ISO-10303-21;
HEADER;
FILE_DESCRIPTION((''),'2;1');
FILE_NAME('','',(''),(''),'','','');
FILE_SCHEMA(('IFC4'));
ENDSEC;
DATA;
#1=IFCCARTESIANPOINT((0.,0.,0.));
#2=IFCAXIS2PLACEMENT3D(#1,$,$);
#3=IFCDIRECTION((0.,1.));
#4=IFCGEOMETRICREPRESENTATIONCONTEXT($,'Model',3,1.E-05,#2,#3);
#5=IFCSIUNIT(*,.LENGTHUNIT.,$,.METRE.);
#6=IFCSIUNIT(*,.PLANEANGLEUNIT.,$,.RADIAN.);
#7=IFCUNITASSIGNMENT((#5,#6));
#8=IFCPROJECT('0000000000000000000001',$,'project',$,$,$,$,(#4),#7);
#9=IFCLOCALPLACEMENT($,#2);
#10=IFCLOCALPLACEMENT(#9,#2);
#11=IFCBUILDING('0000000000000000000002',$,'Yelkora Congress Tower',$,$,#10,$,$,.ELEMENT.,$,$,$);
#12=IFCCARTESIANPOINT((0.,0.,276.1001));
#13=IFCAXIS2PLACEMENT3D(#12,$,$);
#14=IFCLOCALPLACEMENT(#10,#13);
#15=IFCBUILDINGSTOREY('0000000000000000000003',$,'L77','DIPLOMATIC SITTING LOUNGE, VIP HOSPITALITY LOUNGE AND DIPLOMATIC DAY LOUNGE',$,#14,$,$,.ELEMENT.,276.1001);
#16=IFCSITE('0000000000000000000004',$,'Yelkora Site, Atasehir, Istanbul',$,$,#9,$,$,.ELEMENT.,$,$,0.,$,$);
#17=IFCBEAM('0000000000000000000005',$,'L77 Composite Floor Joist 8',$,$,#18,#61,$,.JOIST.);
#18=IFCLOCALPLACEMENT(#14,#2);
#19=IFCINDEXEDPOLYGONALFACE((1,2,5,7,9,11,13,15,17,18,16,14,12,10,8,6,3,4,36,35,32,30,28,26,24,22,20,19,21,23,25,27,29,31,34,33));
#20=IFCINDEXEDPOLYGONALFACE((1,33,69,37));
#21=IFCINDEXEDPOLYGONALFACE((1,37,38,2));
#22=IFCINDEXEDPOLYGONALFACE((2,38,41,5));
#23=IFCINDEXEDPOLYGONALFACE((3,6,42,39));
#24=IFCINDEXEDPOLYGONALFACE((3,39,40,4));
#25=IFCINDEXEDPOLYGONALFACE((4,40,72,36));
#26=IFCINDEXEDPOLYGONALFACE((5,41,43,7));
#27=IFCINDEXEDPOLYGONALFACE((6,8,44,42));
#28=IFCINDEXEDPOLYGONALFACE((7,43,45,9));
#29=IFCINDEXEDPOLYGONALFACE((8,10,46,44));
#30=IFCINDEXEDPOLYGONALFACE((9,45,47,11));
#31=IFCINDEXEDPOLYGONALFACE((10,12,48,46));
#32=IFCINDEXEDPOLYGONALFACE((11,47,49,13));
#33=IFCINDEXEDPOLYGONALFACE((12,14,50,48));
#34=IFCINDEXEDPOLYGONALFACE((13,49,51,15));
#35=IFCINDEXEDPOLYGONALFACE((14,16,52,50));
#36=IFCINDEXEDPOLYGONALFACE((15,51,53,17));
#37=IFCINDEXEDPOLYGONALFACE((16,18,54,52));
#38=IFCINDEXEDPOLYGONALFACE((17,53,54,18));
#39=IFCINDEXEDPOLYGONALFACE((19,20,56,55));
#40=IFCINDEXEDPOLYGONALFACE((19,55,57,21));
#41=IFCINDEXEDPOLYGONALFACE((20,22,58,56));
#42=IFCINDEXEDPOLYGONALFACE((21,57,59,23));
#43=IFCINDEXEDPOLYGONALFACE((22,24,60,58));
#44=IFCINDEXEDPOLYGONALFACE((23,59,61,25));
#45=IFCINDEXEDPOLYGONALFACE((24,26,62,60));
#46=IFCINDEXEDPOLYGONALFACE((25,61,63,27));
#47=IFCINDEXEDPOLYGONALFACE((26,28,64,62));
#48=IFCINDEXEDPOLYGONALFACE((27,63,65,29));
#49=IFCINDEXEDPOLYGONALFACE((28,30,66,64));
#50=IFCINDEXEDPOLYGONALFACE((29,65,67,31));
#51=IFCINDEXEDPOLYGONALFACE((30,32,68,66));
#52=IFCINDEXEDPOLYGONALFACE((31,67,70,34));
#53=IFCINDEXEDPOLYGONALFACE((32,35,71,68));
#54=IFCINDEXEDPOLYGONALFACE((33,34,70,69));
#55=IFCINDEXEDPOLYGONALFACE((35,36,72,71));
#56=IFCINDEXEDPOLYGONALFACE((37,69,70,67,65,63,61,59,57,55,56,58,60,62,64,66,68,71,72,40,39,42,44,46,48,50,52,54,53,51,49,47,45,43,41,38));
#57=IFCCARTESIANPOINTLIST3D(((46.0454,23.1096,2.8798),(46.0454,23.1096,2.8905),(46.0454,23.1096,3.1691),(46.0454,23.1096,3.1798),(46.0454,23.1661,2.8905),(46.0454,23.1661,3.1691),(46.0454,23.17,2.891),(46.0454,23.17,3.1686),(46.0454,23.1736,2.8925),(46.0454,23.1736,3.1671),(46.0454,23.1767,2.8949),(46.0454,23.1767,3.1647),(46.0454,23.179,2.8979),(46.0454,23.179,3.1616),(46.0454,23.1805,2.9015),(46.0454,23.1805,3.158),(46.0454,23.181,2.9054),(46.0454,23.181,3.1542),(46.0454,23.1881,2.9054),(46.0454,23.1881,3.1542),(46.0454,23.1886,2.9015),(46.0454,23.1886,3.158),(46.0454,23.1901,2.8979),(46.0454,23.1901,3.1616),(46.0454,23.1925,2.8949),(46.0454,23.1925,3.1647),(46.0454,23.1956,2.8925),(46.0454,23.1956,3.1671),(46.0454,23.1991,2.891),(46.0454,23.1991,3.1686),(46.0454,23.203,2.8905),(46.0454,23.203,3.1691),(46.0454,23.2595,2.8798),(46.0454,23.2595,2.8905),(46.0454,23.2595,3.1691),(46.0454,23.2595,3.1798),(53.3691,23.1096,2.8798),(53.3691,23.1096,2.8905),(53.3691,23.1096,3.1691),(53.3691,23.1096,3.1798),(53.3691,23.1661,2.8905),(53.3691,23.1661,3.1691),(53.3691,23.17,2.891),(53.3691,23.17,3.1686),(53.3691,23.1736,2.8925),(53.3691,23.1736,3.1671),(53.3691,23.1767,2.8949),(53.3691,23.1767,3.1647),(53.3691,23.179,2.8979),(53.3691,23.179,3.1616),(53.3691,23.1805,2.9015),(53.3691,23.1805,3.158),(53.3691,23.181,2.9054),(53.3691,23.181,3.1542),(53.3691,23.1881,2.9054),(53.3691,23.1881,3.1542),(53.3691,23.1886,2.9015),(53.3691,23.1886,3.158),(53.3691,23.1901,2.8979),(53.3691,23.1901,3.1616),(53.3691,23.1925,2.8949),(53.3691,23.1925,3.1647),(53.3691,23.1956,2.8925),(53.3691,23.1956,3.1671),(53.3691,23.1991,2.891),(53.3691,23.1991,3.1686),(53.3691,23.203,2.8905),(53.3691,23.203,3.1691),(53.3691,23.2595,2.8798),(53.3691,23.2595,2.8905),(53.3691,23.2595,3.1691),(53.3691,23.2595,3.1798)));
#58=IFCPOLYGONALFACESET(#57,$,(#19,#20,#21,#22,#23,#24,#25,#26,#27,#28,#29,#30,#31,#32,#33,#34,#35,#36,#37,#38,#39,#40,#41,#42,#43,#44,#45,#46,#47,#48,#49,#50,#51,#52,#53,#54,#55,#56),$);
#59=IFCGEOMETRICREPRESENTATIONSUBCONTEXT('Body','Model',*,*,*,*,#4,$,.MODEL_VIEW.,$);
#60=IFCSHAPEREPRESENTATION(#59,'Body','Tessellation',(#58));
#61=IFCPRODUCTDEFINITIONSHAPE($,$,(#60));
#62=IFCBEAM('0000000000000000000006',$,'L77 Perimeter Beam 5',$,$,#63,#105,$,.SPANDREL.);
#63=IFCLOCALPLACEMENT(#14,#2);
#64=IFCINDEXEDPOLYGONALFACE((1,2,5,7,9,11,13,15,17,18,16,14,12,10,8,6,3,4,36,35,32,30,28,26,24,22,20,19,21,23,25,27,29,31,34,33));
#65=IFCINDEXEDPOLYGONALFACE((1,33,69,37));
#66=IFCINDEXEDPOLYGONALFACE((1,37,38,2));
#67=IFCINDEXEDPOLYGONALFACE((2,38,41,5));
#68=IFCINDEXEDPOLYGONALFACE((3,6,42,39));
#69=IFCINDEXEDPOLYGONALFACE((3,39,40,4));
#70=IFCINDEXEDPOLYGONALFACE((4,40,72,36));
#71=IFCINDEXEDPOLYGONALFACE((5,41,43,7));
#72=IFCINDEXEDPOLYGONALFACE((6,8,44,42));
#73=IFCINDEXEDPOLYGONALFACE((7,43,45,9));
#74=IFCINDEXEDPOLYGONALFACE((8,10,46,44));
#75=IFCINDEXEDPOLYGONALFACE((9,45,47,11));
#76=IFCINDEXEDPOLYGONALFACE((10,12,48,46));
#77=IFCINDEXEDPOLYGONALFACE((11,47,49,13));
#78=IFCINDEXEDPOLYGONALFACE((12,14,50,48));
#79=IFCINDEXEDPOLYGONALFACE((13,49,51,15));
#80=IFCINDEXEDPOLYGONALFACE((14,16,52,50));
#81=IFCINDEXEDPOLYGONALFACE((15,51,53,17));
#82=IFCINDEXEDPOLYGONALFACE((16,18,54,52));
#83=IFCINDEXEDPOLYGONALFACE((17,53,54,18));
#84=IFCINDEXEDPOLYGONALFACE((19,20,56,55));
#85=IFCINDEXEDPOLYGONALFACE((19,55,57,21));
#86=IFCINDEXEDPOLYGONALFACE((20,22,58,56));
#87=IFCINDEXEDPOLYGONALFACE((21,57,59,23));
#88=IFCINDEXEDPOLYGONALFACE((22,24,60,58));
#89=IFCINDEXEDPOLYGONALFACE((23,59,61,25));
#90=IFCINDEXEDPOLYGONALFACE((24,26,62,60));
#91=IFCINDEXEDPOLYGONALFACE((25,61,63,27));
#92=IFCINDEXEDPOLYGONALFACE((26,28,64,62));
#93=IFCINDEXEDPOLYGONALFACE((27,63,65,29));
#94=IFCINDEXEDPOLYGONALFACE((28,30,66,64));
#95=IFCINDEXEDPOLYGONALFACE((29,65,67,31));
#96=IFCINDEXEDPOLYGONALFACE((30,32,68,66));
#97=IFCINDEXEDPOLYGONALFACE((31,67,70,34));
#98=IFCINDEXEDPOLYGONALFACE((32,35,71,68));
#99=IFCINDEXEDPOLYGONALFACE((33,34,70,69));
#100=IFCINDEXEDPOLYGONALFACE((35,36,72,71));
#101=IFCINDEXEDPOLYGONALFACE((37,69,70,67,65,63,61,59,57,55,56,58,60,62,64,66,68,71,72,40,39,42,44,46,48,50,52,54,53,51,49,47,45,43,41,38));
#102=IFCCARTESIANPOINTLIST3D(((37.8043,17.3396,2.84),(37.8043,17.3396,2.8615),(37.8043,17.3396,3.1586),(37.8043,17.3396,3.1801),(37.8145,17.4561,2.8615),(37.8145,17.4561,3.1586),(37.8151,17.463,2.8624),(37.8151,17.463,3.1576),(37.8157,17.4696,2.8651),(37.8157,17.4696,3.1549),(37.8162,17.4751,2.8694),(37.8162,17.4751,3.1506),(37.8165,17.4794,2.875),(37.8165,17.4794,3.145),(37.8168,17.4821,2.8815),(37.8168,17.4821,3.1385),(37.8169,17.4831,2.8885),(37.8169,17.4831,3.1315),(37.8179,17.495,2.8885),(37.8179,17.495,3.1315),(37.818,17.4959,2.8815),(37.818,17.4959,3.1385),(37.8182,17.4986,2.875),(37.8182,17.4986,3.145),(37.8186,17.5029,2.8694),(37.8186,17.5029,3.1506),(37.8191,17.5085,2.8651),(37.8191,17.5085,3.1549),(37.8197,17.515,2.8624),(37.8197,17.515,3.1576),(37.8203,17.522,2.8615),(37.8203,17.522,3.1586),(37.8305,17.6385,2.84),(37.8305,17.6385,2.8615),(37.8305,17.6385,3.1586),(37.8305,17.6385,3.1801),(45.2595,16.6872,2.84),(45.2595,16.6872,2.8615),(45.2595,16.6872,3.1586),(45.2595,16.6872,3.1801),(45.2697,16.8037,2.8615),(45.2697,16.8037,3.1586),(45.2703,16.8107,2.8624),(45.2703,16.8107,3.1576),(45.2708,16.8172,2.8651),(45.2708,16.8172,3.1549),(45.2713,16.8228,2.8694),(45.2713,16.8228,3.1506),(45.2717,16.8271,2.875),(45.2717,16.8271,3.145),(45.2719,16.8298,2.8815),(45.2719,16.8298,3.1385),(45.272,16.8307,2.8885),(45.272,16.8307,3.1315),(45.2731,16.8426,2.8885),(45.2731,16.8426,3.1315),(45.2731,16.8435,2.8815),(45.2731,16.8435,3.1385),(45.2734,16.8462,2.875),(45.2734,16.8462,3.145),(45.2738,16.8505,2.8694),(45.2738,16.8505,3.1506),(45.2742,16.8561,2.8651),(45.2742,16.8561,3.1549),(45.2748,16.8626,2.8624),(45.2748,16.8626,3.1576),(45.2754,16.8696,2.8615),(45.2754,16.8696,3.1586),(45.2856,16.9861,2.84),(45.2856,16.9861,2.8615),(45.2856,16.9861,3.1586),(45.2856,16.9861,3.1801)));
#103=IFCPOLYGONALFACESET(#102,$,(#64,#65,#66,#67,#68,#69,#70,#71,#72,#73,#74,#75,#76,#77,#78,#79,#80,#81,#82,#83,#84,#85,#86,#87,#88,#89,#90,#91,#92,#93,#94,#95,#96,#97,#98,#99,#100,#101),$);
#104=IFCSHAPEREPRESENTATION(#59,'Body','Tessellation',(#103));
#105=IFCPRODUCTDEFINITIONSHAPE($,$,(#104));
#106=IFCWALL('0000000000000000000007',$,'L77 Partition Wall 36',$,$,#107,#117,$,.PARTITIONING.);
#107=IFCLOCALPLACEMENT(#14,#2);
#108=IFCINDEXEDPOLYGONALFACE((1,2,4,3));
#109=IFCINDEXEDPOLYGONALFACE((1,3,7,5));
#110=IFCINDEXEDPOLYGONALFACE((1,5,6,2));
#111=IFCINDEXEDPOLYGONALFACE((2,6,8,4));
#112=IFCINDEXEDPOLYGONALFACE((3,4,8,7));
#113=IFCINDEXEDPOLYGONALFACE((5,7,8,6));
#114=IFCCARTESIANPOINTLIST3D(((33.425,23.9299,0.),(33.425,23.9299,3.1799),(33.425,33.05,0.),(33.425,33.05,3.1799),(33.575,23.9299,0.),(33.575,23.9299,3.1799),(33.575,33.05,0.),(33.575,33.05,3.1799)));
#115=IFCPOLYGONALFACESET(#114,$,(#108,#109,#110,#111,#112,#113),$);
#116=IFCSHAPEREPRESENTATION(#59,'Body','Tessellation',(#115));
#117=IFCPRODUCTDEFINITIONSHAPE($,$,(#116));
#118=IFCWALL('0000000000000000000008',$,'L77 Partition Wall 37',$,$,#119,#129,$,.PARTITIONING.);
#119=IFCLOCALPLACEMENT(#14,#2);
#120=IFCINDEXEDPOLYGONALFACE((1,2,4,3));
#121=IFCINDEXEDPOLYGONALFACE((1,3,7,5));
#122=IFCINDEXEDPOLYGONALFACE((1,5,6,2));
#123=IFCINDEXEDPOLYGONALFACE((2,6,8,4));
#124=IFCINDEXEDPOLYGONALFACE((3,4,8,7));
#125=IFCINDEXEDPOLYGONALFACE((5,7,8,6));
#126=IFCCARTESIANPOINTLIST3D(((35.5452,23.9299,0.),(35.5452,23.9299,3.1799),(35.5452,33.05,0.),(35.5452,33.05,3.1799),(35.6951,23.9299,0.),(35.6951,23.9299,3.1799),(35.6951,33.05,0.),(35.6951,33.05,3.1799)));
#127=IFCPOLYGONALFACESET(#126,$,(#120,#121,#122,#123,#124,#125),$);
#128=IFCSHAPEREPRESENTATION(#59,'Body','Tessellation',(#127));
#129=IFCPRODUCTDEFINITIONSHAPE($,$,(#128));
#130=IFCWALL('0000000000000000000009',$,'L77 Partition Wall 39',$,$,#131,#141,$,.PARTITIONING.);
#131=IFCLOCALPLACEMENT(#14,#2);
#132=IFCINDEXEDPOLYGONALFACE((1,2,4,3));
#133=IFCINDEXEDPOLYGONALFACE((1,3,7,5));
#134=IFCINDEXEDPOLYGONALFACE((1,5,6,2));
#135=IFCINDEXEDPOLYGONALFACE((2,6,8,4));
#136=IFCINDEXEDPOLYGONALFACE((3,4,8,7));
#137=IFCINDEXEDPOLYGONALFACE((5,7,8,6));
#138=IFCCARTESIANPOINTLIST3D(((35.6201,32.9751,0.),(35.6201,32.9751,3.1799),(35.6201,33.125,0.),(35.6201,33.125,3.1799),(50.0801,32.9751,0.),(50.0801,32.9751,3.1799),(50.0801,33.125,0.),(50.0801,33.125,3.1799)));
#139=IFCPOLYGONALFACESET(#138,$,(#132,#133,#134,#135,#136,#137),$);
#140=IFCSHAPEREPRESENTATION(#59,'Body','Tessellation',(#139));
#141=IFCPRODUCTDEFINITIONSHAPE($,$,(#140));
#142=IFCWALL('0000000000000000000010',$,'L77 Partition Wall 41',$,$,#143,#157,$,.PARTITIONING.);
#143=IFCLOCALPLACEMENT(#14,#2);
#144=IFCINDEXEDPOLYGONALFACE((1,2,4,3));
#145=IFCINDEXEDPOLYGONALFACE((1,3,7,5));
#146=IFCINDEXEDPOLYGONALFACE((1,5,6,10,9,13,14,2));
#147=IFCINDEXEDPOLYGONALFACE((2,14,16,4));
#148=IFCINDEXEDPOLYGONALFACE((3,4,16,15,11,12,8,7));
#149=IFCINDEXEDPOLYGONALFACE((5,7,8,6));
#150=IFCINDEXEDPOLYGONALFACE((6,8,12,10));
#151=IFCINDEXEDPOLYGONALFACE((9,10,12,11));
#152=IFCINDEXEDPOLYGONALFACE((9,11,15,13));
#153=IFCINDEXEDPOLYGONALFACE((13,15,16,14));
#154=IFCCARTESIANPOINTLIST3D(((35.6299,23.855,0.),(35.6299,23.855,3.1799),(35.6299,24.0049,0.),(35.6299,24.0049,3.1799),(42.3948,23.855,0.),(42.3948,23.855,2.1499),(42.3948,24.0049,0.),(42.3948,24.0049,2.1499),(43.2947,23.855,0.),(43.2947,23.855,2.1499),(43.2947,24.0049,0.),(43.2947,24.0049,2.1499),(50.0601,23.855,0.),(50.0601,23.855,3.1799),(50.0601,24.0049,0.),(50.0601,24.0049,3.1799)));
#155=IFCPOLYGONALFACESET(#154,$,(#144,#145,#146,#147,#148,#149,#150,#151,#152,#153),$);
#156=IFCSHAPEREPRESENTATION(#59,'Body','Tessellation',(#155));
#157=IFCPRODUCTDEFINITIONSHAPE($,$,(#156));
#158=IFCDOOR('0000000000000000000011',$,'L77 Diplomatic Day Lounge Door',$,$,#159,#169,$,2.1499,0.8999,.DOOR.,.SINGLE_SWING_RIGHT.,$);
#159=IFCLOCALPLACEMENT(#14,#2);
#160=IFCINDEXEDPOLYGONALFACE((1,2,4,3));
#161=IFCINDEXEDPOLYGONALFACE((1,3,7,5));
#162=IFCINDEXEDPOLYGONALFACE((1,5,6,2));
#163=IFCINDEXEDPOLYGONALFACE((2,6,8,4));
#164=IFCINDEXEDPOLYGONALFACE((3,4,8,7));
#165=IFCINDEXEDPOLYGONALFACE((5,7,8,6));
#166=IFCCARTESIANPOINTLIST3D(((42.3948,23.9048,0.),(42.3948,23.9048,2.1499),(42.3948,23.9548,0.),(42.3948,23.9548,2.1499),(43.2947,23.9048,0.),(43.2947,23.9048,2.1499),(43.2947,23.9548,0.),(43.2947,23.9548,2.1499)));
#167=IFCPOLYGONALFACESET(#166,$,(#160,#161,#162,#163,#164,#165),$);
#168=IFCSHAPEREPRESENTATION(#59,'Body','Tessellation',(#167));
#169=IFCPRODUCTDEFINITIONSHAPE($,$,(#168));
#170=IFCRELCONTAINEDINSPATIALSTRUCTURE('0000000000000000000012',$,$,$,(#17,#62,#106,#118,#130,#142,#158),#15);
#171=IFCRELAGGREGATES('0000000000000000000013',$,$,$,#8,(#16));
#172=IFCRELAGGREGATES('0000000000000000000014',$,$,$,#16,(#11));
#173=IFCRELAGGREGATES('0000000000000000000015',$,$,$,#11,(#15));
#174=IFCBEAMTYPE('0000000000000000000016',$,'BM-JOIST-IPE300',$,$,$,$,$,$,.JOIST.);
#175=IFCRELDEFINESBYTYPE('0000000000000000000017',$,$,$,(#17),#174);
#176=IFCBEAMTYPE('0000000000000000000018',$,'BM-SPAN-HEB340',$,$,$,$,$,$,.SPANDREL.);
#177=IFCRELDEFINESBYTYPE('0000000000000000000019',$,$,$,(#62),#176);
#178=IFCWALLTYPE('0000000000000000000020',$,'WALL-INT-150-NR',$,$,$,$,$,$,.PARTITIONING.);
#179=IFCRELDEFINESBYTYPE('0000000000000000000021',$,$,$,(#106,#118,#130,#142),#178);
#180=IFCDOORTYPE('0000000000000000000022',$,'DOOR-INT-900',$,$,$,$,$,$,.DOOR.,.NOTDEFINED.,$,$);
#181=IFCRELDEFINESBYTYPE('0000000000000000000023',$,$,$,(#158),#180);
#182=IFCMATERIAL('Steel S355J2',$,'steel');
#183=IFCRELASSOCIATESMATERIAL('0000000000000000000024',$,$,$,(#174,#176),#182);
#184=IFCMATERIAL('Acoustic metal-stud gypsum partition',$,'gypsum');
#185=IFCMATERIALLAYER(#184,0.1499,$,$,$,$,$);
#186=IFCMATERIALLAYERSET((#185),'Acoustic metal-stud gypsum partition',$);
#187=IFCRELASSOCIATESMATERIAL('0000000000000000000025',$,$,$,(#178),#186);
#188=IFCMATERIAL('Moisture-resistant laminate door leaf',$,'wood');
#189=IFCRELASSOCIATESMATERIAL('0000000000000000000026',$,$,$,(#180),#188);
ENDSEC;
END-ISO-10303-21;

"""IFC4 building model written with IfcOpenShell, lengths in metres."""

from ifc_helpers import new_model, si_unit, direction, frame, frame_2d, origin, origin_2d, place, context, subcontext, project, spatial, rectangle, i_section, extrude, material, layer, layer_set, material_profile, profile_set, type_object, element, fill, save


model = new_model("IFC4")

# Units and contexts
model_context = context("Model", 3, precision=1e-05, world=origin(), true_north=direction((0.0, 1.0)))
body_context = subcontext(model_context, "Body", "Model", "MODEL_VIEW")
ifc_project = project(units=[si_unit("LENGTHUNIT", "METRE"), si_unit("PLANEANGLEUNIT", "RADIAN")], contexts=[model_context])

# Site, building, storey
site_placement = place(None, origin())
site = spatial("IfcSite", under=ifc_project, at=site_placement, Name="Yelkora Site, Atasehir, Istanbul", CompositionType="ELEMENT", RefElevation=0.0)
building_placement = place(site_placement, origin())
building = spatial("IfcBuilding", under=site, at=building_placement, Name="Yelkora Congress Tower", CompositionType="ELEMENT")
storey_placement = place(building_placement, frame((0.0, 0.0, 276.1001)))
storey = spatial("IfcBuildingStorey", under=building, at=storey_placement, Name="L77", Description="DIPLOMATIC SITTING LOUNGE, VIP HOSPITALITY LOUNGE AND DIPLOMATIC DAY LOUNGE", CompositionType="ELEMENT", Elevation=276.1001)

# Beams
ifc_material_1 = material(Name="Steel S355J2", Category="steel")
ifc_material_profile_1 = material_profile(ifc_material_1, i_section(OverallWidth=0.1499, OverallDepth=0.3, WebThickness=0.0071, FlangeThickness=0.0107, FilletRadius=0.0149, at=origin_2d()), Name="IPE 300")
ifc_profile_set_1 = profile_set([ifc_material_profile_1], Name="Steel S355J2")
beam_type_1 = type_object("IfcBeamType", Name="BM-JOIST-IPE300", PredefinedType="JOIST", material=ifc_profile_set_1)
beam_1_placement = place(storey_placement, frame((46.0454, 23.1846, 3.0298), z_axis=(1.0, 0.0, 0.0), x_axis=(0.0, 1.0, 0.0)))
element("IfcBeam", 1, at=beam_1_placement, inside=storey, type_object=beam_type_1, Name="L77 Composite Floor Joist 8", PredefinedType="JOIST", context=body_context, shape_type="SweptSolid", body=[
    extrude(i_section(OverallWidth=0.1499, OverallDepth=0.3, WebThickness=0.0071, FlangeThickness=0.0107, FilletRadius=0.0149, at=origin_2d()), origin(), (0.0, 0.0, 1.0), 7.3237),
])
ifc_material_profile_2 = material_profile(ifc_material_1, i_section(OverallWidth=0.3, OverallDepth=0.3401, WebThickness=0.012, FlangeThickness=0.0215, FilletRadius=0.0271, at=origin_2d()), Name="HEB 340")
ifc_profile_set_2 = profile_set([ifc_material_profile_2], Name="Steel S355J2")
beam_type_2 = type_object("IfcBeamType", Name="BM-SPAN-HEB340", PredefinedType="SPANDREL", material=ifc_profile_set_2)
beam_2_placement = place(storey_placement, frame((37.8174, 17.489, 3.01), z_axis=(0.996193, -0.08717, 0.0), x_axis=(0.08717, 0.996193, 0.0)))
element("IfcBeam", 2, at=beam_2_placement, inside=storey, type_object=beam_type_2, Name="L77 Perimeter Beam 5", PredefinedType="SPANDREL", context=body_context, shape_type="SweptSolid", body=[
    extrude(i_section(OverallWidth=0.3, OverallDepth=0.3401, WebThickness=0.012, FlangeThickness=0.0215, FilletRadius=0.0271, at=origin_2d()), origin(), (0.0, 0.0, 1.0), 7.4836),
])

# Walls
ifc_material_2 = material(Name="Acoustic metal-stud gypsum partition", Category="gypsum")
ifc_layer_1 = layer(ifc_material_2, 0.1499)
ifc_layer_set_1 = layer_set([ifc_layer_1], Name="Acoustic metal-stud gypsum partition")
wall_type_1 = type_object("IfcWallType", Name="WALL-INT-150-NR", PredefinedType="PARTITIONING", material=ifc_layer_set_1)
for number, where, z_axis, x_axis, name in (
    (3, (33.5, 23.9299, 0.0), (0.0, 0.0, 1.0), (0.0, 1.0, 0.0), "L77 Partition Wall 36"),
    (4, (35.6201, 23.9299, 0.0), (0.0, 0.0, 1.0), (0.0, 1.0, 0.0), "L77 Partition Wall 37"),
):
    element("IfcWall", number, at=place(storey_placement, frame(where, z_axis=z_axis, x_axis=x_axis)), inside=storey, type_object=wall_type_1, Name=name, PredefinedType="PARTITIONING", context=body_context, shape_type="SweptSolid", body=[
        extrude(rectangle(XDim=9.1201, YDim=0.1499, at=frame_2d((4.5601, 0.0))), origin(), (0.0, 0.0, 1.0), 3.1799),
    ])
wall_1_placement = place(storey_placement, frame((35.6201, 33.05, 0.0), z_axis=(0.0, 0.0, 1.0), x_axis=(1.0, 0.0, 0.0)))
element("IfcWall", 5, at=wall_1_placement, inside=storey, type_object=wall_type_1, Name="L77 Partition Wall 39", PredefinedType="PARTITIONING", context=body_context, shape_type="SweptSolid", body=[
    extrude(rectangle(XDim=14.46, YDim=0.1499, at=frame_2d((7.23, 0.0))), origin(), (0.0, 0.0, 1.0), 3.1799),
])

# Wall, opening, door
wall_2_placement = place(storey_placement, frame((35.6299, 23.9299, 0.0), z_axis=(0.0, 0.0, 1.0), x_axis=(1.0, 0.0, 0.0)))
wall_2 = element("IfcWall", 6, at=wall_2_placement, inside=storey, type_object=wall_type_1, Name="L77 Partition Wall 41", PredefinedType="PARTITIONING", context=body_context, shape_type="SweptSolid", body=[
    extrude(rectangle(XDim=14.4302, YDim=0.1499, at=frame_2d((7.2151, 0.0))), origin(), (0.0, 0.0, 1.0), 3.1799),
])
opening_1_placement = place(wall_2_placement, frame((6.7649, 0.0, 0.0)))
opening_1 = element("IfcOpeningElement", 7, at=opening_1_placement, cuts=wall_2, PredefinedType="OPENING", context=body_context, shape_type="SweptSolid", body=[
    extrude(rectangle(XDim=0.8999, YDim=2.1499, at=frame_2d((0.45, 1.075))), frame((0.0, 0.085, 0.0), z_axis=(0.0, -1.0, 0.0), x_axis=(1.0, 0.0, 0.0)), (0.0, 0.0, 1.0), 0.1699),
])
ifc_material_3 = material(Name="Moisture-resistant laminate door leaf", Category="wood")
door_type_1 = type_object("IfcDoorType", Name="DOOR-INT-900", OperationType="NOTDEFINED", PredefinedType="DOOR", material=ifc_material_3)
door_1_placement = place(opening_1_placement, origin())
door_1 = element("IfcDoor", 8, at=door_1_placement, inside=storey, type_object=door_type_1, Name="L77 Diplomatic Day Lounge Door", OperationType="SINGLE_SWING_RIGHT", OverallHeight=2.1499, OverallWidth=0.8999, PredefinedType="DOOR", context=body_context, shape_type="SweptSolid", body=[
    extrude(rectangle(XDim=0.8999, YDim=2.1499, at=frame_2d((0.45, 1.075))), frame((0.0, 0.0249, 0.0), z_axis=(0.0, -1.0, 0.0), x_axis=(1.0, 0.0, 0.0)), (0.0, 0.0, 1.0), 0.05),
])
fill(opening_1, door_1)

save(model, "model.ifc")
